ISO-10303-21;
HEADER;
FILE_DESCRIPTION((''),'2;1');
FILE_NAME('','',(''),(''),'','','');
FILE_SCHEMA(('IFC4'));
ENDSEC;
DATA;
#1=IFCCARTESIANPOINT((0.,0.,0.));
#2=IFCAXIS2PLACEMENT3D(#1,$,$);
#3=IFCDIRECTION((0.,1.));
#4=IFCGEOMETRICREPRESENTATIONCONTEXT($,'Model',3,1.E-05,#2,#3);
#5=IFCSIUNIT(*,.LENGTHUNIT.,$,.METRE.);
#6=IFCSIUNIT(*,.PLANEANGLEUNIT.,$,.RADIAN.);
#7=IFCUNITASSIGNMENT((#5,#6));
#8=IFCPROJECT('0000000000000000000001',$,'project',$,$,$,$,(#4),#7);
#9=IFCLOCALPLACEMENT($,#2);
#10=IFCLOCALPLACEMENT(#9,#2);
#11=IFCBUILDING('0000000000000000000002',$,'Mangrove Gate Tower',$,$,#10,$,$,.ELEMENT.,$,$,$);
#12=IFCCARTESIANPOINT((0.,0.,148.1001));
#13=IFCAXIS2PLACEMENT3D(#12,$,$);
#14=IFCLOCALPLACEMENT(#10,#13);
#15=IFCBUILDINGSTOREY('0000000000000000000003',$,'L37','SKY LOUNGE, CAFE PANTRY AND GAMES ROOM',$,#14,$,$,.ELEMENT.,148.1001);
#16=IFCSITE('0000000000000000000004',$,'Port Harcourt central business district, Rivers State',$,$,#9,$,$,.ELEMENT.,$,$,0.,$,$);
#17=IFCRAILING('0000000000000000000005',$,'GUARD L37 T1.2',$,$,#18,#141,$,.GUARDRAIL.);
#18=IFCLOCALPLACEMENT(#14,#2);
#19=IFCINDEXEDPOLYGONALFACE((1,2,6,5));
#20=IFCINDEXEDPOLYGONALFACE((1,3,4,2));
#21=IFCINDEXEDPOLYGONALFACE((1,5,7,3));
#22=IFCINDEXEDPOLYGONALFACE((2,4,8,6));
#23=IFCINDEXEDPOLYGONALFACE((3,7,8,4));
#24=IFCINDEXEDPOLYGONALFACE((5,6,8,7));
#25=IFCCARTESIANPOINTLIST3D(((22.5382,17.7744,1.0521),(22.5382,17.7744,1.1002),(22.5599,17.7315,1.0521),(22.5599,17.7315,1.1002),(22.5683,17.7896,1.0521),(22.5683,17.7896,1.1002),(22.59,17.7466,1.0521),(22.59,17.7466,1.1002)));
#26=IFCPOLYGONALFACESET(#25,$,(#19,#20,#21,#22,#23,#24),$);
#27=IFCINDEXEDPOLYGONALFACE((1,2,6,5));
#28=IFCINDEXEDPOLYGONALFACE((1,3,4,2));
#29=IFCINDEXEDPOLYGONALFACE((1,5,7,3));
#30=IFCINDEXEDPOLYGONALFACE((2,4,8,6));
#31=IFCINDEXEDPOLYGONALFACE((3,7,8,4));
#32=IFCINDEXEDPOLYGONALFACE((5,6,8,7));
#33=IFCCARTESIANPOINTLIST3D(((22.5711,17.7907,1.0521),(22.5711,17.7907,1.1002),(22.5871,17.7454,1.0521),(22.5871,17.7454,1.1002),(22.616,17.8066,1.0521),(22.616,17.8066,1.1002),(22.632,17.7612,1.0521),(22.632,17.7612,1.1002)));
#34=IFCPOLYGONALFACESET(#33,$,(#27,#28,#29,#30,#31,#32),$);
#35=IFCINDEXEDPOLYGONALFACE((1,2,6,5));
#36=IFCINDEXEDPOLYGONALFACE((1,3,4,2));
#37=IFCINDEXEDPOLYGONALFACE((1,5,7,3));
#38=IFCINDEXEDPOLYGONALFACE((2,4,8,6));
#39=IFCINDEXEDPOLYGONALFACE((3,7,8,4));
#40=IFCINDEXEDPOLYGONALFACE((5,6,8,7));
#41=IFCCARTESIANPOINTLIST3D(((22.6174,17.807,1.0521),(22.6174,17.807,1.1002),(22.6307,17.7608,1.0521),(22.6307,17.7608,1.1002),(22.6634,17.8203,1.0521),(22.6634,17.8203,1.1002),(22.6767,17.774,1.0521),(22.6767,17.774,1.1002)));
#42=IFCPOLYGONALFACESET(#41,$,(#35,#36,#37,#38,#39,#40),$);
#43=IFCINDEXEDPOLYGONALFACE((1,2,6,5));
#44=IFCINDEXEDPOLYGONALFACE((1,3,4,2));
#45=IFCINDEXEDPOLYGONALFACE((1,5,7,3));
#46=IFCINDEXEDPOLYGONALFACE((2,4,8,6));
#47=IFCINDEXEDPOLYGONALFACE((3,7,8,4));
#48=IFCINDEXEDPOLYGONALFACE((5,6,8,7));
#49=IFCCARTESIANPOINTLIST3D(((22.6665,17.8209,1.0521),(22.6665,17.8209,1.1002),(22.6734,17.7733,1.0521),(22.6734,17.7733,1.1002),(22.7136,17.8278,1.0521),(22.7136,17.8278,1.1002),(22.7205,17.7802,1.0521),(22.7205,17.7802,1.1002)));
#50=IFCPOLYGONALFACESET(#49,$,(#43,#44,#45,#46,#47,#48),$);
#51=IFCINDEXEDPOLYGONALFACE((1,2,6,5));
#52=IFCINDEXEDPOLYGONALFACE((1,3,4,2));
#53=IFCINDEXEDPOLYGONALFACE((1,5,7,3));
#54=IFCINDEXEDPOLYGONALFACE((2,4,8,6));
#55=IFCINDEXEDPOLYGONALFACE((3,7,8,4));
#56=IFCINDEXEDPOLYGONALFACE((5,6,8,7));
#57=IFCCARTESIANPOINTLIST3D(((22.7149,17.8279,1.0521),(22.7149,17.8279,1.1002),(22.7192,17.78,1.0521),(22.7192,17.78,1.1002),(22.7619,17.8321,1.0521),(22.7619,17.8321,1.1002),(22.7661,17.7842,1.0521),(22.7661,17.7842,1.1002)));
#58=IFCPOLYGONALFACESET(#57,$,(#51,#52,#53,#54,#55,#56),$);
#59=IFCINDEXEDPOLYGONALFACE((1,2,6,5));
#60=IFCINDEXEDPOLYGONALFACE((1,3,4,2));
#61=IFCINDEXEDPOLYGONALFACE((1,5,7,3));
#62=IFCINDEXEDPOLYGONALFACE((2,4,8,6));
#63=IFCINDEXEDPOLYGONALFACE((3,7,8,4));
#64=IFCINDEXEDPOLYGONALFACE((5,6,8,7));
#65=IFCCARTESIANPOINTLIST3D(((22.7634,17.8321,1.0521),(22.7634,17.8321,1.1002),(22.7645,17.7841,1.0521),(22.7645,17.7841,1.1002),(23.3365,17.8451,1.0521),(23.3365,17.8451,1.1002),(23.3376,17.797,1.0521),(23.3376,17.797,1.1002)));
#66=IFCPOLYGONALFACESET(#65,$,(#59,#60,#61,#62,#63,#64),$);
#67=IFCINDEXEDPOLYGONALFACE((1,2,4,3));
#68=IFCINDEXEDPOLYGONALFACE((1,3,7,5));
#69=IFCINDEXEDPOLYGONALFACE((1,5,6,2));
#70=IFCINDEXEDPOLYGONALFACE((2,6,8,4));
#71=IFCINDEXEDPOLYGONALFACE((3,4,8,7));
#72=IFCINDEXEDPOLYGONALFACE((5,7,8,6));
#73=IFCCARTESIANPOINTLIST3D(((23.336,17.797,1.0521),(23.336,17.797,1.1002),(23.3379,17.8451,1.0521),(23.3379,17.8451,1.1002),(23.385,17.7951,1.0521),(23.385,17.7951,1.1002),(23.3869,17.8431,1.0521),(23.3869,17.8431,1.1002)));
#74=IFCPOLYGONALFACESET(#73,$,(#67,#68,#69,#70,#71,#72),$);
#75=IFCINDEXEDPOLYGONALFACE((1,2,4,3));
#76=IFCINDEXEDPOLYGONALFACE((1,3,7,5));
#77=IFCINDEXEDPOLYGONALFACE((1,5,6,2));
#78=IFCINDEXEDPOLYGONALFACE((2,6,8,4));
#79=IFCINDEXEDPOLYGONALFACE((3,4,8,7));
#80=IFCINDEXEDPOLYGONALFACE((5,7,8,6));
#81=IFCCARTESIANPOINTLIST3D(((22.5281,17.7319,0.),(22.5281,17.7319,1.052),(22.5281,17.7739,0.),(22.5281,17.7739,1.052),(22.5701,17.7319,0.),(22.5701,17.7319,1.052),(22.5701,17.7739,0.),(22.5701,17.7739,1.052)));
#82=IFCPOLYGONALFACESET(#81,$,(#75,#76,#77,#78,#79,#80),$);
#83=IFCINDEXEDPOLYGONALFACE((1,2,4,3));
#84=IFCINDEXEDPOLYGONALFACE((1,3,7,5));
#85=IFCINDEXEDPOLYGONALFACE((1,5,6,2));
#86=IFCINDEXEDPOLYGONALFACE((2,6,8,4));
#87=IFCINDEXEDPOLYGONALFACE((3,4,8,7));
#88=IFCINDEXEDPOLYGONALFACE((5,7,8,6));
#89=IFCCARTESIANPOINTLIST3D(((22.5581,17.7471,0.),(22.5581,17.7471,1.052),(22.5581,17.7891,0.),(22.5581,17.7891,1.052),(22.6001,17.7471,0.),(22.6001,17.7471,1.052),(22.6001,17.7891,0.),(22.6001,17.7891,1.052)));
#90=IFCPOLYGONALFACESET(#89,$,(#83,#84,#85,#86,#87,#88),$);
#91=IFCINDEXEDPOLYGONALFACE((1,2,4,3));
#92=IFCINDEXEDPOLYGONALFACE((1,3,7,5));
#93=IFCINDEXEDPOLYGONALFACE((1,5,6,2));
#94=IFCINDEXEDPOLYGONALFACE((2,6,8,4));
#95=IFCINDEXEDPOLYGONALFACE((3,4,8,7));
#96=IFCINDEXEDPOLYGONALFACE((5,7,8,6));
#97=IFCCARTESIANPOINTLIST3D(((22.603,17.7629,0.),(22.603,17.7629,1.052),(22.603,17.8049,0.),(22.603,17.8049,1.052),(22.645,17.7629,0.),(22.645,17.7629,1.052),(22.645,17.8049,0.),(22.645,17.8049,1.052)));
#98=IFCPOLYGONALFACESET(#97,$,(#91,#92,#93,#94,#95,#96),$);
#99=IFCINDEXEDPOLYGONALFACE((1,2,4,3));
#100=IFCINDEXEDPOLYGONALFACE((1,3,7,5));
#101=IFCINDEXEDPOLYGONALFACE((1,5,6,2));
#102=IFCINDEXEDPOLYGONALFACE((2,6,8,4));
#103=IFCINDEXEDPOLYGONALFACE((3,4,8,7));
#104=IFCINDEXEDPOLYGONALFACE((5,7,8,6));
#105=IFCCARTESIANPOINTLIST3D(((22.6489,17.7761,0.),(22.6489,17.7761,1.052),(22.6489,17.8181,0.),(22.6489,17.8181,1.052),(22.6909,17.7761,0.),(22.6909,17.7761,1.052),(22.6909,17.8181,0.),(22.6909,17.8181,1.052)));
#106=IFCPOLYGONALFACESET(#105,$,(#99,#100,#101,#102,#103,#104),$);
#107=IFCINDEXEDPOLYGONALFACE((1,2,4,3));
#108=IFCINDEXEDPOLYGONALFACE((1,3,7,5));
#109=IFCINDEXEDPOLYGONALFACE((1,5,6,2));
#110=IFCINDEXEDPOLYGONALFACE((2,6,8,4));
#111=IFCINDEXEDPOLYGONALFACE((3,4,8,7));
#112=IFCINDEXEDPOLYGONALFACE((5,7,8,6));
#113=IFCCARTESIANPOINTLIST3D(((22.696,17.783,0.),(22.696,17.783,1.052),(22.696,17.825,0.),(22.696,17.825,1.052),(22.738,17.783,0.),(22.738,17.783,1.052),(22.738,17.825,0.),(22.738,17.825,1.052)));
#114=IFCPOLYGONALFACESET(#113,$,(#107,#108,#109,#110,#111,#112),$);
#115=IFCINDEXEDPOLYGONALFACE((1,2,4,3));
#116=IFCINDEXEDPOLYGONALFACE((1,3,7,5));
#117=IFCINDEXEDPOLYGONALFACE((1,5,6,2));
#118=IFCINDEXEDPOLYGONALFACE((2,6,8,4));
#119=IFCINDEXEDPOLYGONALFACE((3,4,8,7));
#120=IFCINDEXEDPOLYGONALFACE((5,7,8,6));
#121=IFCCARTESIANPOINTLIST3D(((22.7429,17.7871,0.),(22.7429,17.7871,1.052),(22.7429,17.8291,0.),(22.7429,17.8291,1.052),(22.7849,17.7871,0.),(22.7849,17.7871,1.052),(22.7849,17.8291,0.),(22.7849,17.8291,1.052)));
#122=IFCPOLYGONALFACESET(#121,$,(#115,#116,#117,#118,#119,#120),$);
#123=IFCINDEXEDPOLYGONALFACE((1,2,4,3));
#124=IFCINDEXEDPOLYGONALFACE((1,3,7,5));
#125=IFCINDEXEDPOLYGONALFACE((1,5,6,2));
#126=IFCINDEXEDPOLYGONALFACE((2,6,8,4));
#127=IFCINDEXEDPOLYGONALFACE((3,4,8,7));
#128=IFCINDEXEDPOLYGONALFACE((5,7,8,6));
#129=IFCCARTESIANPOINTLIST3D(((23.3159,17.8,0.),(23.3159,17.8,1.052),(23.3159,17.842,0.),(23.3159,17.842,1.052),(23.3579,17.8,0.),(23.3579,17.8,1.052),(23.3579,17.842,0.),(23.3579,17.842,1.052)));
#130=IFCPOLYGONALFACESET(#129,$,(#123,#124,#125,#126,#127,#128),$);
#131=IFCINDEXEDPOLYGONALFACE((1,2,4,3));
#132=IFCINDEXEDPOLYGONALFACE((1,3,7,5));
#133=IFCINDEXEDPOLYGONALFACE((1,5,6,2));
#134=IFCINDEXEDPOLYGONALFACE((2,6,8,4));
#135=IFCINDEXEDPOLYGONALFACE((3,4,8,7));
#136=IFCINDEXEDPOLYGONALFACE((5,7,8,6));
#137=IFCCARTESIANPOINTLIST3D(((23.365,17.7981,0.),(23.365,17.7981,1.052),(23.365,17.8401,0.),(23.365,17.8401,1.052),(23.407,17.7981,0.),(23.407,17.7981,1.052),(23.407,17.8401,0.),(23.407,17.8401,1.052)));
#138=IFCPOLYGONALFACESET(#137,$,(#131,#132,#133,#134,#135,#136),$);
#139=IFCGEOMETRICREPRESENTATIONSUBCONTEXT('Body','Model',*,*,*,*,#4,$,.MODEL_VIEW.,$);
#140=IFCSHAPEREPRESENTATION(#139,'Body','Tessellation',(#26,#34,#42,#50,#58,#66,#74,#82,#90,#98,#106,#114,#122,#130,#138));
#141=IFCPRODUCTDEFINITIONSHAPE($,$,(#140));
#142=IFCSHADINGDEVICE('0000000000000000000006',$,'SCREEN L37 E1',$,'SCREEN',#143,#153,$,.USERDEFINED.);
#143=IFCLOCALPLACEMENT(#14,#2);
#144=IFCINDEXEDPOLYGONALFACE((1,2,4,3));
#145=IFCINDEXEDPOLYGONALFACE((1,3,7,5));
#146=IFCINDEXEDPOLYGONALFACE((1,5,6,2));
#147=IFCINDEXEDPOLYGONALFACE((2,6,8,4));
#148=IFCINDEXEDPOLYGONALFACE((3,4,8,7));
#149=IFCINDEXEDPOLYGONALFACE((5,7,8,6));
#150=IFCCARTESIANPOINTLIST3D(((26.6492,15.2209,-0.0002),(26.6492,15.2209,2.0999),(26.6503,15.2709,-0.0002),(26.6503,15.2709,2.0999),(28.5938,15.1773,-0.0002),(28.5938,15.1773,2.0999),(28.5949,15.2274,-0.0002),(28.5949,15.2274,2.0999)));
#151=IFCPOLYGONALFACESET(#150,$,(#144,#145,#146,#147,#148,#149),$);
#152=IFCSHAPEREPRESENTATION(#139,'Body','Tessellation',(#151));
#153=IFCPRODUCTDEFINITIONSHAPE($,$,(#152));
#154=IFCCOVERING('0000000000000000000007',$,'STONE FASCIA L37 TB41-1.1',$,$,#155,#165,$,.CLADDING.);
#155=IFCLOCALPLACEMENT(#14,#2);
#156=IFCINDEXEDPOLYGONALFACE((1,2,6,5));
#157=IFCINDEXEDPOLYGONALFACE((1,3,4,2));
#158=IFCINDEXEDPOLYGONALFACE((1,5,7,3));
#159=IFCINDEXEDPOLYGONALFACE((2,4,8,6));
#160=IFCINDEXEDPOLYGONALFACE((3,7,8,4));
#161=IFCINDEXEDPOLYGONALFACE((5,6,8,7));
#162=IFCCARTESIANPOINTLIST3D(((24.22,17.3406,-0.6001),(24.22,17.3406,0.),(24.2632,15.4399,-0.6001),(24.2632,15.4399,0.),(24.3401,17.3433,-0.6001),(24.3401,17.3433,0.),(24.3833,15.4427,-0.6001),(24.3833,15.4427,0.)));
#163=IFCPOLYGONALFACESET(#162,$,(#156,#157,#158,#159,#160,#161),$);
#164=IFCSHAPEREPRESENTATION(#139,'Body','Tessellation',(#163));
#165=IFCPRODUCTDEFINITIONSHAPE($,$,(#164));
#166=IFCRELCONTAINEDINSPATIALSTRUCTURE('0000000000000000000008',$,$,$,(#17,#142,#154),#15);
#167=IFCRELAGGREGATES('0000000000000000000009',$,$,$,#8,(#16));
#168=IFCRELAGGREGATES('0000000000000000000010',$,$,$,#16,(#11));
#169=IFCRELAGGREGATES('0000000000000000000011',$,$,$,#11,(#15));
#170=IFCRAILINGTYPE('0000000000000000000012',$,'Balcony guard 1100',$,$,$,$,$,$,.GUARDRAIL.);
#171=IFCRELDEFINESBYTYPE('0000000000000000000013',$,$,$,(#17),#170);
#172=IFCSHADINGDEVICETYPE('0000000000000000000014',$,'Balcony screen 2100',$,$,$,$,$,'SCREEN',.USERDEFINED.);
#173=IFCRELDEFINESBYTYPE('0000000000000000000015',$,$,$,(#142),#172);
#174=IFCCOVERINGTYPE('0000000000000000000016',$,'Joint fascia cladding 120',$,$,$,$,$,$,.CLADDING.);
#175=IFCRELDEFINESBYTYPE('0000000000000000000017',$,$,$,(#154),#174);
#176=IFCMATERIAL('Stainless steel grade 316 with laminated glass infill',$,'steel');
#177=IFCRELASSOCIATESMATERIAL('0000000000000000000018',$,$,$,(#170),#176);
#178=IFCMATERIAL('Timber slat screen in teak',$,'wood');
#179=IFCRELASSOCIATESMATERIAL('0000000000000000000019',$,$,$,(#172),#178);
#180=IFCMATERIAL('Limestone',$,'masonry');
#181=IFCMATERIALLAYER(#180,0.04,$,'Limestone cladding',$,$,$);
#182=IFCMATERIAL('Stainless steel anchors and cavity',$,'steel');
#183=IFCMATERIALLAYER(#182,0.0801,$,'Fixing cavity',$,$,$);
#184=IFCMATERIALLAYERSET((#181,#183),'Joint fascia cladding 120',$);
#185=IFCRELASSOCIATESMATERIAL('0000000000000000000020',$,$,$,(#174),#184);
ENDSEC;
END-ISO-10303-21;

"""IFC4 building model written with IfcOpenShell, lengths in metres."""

from ifc_helpers import new_model, si_unit, direction, frame, frame_2d, origin, origin_2d, place, context, subcontext, project, spatial, rectangle, extrude, material, layer, layer_set, type_object, element, save


model = new_model("IFC4")

# Units and contexts
model_context = context("Model", 3, precision=1e-05, world=origin(), true_north=direction((0.0, 1.0)))
body_context = subcontext(model_context, "Body", "Model", "MODEL_VIEW")
ifc_project = project(units=[si_unit("LENGTHUNIT", "METRE"), si_unit("PLANEANGLEUNIT", "RADIAN")], contexts=[model_context])

# Site, building, storey
site_placement = place(None, origin())
site = spatial("IfcSite", under=ifc_project, at=site_placement, Name="Port Harcourt central business district, Rivers State", CompositionType="ELEMENT", RefElevation=0.0)
building_placement = place(site_placement, origin())
building = spatial("IfcBuilding", under=site, at=building_placement, Name="Mangrove Gate Tower", CompositionType="ELEMENT")
storey_placement = place(building_placement, frame((0.0, 0.0, 148.1001)))
storey = spatial("IfcBuildingStorey", under=building, at=storey_placement, Name="L37", Description="SKY LOUNGE, CAFE PANTRY AND GAMES ROOM", CompositionType="ELEMENT", Elevation=148.1001)

# Shared definitions
ifc_material_1 = material(Name="Limestone", Category="masonry")

# Railing
ifc_material_2 = material(Name="Stainless steel grade 316 with laminated glass infill", Category="steel")
railing_type = type_object("IfcRailingType", Name="Balcony guard 1100", PredefinedType="GUARDRAIL", material=ifc_material_2)
railing_1_placement = place(storey_placement, frame((22.5491, 17.7529, 0.0)))
element("IfcRailing", 1, at=railing_1_placement, inside=storey, type_object=railing_type, Name="GUARD L37 T1.2", PredefinedType="GUARDRAIL", context=body_context, shape_type="SweptSolid", body=[
    extrude(rectangle(XDim=0.0481, YDim=0.0481, at=origin_2d()), frame((0.0, 0.0, 1.0762), z_axis=(0.89297, 0.450115, 0.0), x_axis=(-0.450115, 0.89297, 0.0)), (0.0, 0.0, 1.0), 0.0337),
    extrude(rectangle(XDim=0.0481, YDim=0.0481, at=origin_2d()), frame((0.03, 0.0151, 1.0762), z_axis=(0.942896, 0.333088, 0.0), x_axis=(-0.333088, 0.942896, 0.0)), (0.0, 0.0, 1.0), 0.0476),
    extrude(rectangle(XDim=0.0481, YDim=0.0481, at=origin_2d()), frame((0.075, 0.031, 1.0762), z_axis=(0.961137, 0.276071, 0.0), x_axis=(-0.276071, 0.961137, 0.0)), (0.0, 0.0, 1.0), 0.0479),
    extrude(rectangle(XDim=0.0481, YDim=0.0481, at=origin_2d()), frame((0.1208, 0.0442, 1.0762), z_axis=(0.989639, 0.143575, 0.0), x_axis=(-0.143575, 0.989639, 0.0)), (0.0, 0.0, 1.0), 0.0476),
    extrude(rectangle(XDim=0.0481, YDim=0.0481, at=origin_2d()), frame((0.168, 0.051, 1.0762), z_axis=(0.996103, 0.088197, 0.0), x_axis=(-0.088197, 0.996103, 0.0)), (0.0, 0.0, 1.0), 0.0471),
    extrude(rectangle(XDim=0.0481, YDim=0.0481, at=origin_2d()), frame((0.2148, 0.0552, 1.0762), z_axis=(0.999745, 0.022576, 0.0), x_axis=(-0.022576, 0.999745, 0.0)), (0.0, 0.0, 1.0), 0.5732),
    extrude(rectangle(XDim=0.0481, YDim=0.0481, at=origin_2d()), frame((0.7878, 0.0681, 1.0762), z_axis=(0.999209, -0.03977, 0.0), x_axis=(0.03977, 0.999209, 0.0)), (0.0, 0.0, 1.0), 0.0491),
    extrude(rectangle(XDim=0.042, YDim=0.042, at=origin_2d()), origin(), (0.0, 0.0, 1.0), 1.052),
    extrude(rectangle(XDim=0.042, YDim=0.042, at=origin_2d()), frame((0.03, 0.0151, 0.0)), (0.0, 0.0, 1.0), 1.052),
    extrude(rectangle(XDim=0.042, YDim=0.042, at=origin_2d()), frame((0.075, 0.031, 0.0)), (0.0, 0.0, 1.0), 1.052),
    extrude(rectangle(XDim=0.042, YDim=0.042, at=origin_2d()), frame((0.1208, 0.0442, 0.0)), (0.0, 0.0, 1.0), 1.052),
    extrude(rectangle(XDim=0.042, YDim=0.042, at=origin_2d()), frame((0.168, 0.051, 0.0)), (0.0, 0.0, 1.0), 1.052),
    extrude(rectangle(XDim=0.042, YDim=0.042, at=origin_2d()), frame((0.2148, 0.0552, 0.0)), (0.0, 0.0, 1.0), 1.052),
    extrude(rectangle(XDim=0.042, YDim=0.042, at=origin_2d()), frame((0.7878, 0.0681, 0.0)), (0.0, 0.0, 1.0), 1.052),
    extrude(rectangle(XDim=0.042, YDim=0.042, at=origin_2d()), frame((0.8369, 0.0662, 0.0)), (0.0, 0.0, 1.0), 1.052),
])

# Shading device
ifc_material_3 = material(Name="Timber slat screen in teak", Category="wood")
shading_device_type = type_object("IfcShadingDeviceType", Name="Balcony screen 2100", ElementType="SCREEN", PredefinedType="USERDEFINED", material=ifc_material_3)
shading_device_placement = place(storey_placement, frame((27.6221, 15.2241, -0.0002), z_axis=(0.0, 0.0, 1.0), x_axis=(0.999749, -0.022391, 0.0)))
element("IfcShadingDevice", 2, at=shading_device_placement, inside=storey, type_object=shading_device_type, Name="SCREEN L37 E1", ObjectType="SCREEN", PredefinedType="USERDEFINED", context=body_context, shape_type="SweptSolid", body=[
    extrude(rectangle(XDim=1.9451, YDim=0.05, at=origin_2d()), origin(), (0.0, 0.0, 1.0), 2.1001),
])

# Covering
ifc_layer_1 = layer(ifc_material_1, 0.04, Name="Limestone cladding")
ifc_material_4 = material(Name="Stainless steel anchors and cavity", Category="steel")
ifc_layer_2 = layer(ifc_material_4, 0.0801, Name="Fixing cavity")
ifc_layer_set_1 = layer_set([ifc_layer_1, ifc_layer_2], Name="Joint fascia cladding 120")
covering_type = type_object("IfcCoveringType", Name="Joint fascia cladding 120", PredefinedType="CLADDING", material=ifc_layer_set_1)
covering_placement = place(storey_placement, frame((24.28, 17.342, -0.6001), z_axis=(0.0, 0.0, 1.0), x_axis=(0.02273, -0.999742, 0.0)))
element("IfcCovering", 3, at=covering_placement, inside=storey, type_object=covering_type, Name="STONE FASCIA L37 TB41-1.1", PredefinedType="CLADDING", context=body_context, shape_type="SweptSolid", body=[
    extrude(rectangle(XDim=1.9011, YDim=0.1201, at=frame_2d((0.9507, 0.0))), origin(), (0.0, 0.0, 1.0), 0.6001),
])

save(model, "model.ifc")
